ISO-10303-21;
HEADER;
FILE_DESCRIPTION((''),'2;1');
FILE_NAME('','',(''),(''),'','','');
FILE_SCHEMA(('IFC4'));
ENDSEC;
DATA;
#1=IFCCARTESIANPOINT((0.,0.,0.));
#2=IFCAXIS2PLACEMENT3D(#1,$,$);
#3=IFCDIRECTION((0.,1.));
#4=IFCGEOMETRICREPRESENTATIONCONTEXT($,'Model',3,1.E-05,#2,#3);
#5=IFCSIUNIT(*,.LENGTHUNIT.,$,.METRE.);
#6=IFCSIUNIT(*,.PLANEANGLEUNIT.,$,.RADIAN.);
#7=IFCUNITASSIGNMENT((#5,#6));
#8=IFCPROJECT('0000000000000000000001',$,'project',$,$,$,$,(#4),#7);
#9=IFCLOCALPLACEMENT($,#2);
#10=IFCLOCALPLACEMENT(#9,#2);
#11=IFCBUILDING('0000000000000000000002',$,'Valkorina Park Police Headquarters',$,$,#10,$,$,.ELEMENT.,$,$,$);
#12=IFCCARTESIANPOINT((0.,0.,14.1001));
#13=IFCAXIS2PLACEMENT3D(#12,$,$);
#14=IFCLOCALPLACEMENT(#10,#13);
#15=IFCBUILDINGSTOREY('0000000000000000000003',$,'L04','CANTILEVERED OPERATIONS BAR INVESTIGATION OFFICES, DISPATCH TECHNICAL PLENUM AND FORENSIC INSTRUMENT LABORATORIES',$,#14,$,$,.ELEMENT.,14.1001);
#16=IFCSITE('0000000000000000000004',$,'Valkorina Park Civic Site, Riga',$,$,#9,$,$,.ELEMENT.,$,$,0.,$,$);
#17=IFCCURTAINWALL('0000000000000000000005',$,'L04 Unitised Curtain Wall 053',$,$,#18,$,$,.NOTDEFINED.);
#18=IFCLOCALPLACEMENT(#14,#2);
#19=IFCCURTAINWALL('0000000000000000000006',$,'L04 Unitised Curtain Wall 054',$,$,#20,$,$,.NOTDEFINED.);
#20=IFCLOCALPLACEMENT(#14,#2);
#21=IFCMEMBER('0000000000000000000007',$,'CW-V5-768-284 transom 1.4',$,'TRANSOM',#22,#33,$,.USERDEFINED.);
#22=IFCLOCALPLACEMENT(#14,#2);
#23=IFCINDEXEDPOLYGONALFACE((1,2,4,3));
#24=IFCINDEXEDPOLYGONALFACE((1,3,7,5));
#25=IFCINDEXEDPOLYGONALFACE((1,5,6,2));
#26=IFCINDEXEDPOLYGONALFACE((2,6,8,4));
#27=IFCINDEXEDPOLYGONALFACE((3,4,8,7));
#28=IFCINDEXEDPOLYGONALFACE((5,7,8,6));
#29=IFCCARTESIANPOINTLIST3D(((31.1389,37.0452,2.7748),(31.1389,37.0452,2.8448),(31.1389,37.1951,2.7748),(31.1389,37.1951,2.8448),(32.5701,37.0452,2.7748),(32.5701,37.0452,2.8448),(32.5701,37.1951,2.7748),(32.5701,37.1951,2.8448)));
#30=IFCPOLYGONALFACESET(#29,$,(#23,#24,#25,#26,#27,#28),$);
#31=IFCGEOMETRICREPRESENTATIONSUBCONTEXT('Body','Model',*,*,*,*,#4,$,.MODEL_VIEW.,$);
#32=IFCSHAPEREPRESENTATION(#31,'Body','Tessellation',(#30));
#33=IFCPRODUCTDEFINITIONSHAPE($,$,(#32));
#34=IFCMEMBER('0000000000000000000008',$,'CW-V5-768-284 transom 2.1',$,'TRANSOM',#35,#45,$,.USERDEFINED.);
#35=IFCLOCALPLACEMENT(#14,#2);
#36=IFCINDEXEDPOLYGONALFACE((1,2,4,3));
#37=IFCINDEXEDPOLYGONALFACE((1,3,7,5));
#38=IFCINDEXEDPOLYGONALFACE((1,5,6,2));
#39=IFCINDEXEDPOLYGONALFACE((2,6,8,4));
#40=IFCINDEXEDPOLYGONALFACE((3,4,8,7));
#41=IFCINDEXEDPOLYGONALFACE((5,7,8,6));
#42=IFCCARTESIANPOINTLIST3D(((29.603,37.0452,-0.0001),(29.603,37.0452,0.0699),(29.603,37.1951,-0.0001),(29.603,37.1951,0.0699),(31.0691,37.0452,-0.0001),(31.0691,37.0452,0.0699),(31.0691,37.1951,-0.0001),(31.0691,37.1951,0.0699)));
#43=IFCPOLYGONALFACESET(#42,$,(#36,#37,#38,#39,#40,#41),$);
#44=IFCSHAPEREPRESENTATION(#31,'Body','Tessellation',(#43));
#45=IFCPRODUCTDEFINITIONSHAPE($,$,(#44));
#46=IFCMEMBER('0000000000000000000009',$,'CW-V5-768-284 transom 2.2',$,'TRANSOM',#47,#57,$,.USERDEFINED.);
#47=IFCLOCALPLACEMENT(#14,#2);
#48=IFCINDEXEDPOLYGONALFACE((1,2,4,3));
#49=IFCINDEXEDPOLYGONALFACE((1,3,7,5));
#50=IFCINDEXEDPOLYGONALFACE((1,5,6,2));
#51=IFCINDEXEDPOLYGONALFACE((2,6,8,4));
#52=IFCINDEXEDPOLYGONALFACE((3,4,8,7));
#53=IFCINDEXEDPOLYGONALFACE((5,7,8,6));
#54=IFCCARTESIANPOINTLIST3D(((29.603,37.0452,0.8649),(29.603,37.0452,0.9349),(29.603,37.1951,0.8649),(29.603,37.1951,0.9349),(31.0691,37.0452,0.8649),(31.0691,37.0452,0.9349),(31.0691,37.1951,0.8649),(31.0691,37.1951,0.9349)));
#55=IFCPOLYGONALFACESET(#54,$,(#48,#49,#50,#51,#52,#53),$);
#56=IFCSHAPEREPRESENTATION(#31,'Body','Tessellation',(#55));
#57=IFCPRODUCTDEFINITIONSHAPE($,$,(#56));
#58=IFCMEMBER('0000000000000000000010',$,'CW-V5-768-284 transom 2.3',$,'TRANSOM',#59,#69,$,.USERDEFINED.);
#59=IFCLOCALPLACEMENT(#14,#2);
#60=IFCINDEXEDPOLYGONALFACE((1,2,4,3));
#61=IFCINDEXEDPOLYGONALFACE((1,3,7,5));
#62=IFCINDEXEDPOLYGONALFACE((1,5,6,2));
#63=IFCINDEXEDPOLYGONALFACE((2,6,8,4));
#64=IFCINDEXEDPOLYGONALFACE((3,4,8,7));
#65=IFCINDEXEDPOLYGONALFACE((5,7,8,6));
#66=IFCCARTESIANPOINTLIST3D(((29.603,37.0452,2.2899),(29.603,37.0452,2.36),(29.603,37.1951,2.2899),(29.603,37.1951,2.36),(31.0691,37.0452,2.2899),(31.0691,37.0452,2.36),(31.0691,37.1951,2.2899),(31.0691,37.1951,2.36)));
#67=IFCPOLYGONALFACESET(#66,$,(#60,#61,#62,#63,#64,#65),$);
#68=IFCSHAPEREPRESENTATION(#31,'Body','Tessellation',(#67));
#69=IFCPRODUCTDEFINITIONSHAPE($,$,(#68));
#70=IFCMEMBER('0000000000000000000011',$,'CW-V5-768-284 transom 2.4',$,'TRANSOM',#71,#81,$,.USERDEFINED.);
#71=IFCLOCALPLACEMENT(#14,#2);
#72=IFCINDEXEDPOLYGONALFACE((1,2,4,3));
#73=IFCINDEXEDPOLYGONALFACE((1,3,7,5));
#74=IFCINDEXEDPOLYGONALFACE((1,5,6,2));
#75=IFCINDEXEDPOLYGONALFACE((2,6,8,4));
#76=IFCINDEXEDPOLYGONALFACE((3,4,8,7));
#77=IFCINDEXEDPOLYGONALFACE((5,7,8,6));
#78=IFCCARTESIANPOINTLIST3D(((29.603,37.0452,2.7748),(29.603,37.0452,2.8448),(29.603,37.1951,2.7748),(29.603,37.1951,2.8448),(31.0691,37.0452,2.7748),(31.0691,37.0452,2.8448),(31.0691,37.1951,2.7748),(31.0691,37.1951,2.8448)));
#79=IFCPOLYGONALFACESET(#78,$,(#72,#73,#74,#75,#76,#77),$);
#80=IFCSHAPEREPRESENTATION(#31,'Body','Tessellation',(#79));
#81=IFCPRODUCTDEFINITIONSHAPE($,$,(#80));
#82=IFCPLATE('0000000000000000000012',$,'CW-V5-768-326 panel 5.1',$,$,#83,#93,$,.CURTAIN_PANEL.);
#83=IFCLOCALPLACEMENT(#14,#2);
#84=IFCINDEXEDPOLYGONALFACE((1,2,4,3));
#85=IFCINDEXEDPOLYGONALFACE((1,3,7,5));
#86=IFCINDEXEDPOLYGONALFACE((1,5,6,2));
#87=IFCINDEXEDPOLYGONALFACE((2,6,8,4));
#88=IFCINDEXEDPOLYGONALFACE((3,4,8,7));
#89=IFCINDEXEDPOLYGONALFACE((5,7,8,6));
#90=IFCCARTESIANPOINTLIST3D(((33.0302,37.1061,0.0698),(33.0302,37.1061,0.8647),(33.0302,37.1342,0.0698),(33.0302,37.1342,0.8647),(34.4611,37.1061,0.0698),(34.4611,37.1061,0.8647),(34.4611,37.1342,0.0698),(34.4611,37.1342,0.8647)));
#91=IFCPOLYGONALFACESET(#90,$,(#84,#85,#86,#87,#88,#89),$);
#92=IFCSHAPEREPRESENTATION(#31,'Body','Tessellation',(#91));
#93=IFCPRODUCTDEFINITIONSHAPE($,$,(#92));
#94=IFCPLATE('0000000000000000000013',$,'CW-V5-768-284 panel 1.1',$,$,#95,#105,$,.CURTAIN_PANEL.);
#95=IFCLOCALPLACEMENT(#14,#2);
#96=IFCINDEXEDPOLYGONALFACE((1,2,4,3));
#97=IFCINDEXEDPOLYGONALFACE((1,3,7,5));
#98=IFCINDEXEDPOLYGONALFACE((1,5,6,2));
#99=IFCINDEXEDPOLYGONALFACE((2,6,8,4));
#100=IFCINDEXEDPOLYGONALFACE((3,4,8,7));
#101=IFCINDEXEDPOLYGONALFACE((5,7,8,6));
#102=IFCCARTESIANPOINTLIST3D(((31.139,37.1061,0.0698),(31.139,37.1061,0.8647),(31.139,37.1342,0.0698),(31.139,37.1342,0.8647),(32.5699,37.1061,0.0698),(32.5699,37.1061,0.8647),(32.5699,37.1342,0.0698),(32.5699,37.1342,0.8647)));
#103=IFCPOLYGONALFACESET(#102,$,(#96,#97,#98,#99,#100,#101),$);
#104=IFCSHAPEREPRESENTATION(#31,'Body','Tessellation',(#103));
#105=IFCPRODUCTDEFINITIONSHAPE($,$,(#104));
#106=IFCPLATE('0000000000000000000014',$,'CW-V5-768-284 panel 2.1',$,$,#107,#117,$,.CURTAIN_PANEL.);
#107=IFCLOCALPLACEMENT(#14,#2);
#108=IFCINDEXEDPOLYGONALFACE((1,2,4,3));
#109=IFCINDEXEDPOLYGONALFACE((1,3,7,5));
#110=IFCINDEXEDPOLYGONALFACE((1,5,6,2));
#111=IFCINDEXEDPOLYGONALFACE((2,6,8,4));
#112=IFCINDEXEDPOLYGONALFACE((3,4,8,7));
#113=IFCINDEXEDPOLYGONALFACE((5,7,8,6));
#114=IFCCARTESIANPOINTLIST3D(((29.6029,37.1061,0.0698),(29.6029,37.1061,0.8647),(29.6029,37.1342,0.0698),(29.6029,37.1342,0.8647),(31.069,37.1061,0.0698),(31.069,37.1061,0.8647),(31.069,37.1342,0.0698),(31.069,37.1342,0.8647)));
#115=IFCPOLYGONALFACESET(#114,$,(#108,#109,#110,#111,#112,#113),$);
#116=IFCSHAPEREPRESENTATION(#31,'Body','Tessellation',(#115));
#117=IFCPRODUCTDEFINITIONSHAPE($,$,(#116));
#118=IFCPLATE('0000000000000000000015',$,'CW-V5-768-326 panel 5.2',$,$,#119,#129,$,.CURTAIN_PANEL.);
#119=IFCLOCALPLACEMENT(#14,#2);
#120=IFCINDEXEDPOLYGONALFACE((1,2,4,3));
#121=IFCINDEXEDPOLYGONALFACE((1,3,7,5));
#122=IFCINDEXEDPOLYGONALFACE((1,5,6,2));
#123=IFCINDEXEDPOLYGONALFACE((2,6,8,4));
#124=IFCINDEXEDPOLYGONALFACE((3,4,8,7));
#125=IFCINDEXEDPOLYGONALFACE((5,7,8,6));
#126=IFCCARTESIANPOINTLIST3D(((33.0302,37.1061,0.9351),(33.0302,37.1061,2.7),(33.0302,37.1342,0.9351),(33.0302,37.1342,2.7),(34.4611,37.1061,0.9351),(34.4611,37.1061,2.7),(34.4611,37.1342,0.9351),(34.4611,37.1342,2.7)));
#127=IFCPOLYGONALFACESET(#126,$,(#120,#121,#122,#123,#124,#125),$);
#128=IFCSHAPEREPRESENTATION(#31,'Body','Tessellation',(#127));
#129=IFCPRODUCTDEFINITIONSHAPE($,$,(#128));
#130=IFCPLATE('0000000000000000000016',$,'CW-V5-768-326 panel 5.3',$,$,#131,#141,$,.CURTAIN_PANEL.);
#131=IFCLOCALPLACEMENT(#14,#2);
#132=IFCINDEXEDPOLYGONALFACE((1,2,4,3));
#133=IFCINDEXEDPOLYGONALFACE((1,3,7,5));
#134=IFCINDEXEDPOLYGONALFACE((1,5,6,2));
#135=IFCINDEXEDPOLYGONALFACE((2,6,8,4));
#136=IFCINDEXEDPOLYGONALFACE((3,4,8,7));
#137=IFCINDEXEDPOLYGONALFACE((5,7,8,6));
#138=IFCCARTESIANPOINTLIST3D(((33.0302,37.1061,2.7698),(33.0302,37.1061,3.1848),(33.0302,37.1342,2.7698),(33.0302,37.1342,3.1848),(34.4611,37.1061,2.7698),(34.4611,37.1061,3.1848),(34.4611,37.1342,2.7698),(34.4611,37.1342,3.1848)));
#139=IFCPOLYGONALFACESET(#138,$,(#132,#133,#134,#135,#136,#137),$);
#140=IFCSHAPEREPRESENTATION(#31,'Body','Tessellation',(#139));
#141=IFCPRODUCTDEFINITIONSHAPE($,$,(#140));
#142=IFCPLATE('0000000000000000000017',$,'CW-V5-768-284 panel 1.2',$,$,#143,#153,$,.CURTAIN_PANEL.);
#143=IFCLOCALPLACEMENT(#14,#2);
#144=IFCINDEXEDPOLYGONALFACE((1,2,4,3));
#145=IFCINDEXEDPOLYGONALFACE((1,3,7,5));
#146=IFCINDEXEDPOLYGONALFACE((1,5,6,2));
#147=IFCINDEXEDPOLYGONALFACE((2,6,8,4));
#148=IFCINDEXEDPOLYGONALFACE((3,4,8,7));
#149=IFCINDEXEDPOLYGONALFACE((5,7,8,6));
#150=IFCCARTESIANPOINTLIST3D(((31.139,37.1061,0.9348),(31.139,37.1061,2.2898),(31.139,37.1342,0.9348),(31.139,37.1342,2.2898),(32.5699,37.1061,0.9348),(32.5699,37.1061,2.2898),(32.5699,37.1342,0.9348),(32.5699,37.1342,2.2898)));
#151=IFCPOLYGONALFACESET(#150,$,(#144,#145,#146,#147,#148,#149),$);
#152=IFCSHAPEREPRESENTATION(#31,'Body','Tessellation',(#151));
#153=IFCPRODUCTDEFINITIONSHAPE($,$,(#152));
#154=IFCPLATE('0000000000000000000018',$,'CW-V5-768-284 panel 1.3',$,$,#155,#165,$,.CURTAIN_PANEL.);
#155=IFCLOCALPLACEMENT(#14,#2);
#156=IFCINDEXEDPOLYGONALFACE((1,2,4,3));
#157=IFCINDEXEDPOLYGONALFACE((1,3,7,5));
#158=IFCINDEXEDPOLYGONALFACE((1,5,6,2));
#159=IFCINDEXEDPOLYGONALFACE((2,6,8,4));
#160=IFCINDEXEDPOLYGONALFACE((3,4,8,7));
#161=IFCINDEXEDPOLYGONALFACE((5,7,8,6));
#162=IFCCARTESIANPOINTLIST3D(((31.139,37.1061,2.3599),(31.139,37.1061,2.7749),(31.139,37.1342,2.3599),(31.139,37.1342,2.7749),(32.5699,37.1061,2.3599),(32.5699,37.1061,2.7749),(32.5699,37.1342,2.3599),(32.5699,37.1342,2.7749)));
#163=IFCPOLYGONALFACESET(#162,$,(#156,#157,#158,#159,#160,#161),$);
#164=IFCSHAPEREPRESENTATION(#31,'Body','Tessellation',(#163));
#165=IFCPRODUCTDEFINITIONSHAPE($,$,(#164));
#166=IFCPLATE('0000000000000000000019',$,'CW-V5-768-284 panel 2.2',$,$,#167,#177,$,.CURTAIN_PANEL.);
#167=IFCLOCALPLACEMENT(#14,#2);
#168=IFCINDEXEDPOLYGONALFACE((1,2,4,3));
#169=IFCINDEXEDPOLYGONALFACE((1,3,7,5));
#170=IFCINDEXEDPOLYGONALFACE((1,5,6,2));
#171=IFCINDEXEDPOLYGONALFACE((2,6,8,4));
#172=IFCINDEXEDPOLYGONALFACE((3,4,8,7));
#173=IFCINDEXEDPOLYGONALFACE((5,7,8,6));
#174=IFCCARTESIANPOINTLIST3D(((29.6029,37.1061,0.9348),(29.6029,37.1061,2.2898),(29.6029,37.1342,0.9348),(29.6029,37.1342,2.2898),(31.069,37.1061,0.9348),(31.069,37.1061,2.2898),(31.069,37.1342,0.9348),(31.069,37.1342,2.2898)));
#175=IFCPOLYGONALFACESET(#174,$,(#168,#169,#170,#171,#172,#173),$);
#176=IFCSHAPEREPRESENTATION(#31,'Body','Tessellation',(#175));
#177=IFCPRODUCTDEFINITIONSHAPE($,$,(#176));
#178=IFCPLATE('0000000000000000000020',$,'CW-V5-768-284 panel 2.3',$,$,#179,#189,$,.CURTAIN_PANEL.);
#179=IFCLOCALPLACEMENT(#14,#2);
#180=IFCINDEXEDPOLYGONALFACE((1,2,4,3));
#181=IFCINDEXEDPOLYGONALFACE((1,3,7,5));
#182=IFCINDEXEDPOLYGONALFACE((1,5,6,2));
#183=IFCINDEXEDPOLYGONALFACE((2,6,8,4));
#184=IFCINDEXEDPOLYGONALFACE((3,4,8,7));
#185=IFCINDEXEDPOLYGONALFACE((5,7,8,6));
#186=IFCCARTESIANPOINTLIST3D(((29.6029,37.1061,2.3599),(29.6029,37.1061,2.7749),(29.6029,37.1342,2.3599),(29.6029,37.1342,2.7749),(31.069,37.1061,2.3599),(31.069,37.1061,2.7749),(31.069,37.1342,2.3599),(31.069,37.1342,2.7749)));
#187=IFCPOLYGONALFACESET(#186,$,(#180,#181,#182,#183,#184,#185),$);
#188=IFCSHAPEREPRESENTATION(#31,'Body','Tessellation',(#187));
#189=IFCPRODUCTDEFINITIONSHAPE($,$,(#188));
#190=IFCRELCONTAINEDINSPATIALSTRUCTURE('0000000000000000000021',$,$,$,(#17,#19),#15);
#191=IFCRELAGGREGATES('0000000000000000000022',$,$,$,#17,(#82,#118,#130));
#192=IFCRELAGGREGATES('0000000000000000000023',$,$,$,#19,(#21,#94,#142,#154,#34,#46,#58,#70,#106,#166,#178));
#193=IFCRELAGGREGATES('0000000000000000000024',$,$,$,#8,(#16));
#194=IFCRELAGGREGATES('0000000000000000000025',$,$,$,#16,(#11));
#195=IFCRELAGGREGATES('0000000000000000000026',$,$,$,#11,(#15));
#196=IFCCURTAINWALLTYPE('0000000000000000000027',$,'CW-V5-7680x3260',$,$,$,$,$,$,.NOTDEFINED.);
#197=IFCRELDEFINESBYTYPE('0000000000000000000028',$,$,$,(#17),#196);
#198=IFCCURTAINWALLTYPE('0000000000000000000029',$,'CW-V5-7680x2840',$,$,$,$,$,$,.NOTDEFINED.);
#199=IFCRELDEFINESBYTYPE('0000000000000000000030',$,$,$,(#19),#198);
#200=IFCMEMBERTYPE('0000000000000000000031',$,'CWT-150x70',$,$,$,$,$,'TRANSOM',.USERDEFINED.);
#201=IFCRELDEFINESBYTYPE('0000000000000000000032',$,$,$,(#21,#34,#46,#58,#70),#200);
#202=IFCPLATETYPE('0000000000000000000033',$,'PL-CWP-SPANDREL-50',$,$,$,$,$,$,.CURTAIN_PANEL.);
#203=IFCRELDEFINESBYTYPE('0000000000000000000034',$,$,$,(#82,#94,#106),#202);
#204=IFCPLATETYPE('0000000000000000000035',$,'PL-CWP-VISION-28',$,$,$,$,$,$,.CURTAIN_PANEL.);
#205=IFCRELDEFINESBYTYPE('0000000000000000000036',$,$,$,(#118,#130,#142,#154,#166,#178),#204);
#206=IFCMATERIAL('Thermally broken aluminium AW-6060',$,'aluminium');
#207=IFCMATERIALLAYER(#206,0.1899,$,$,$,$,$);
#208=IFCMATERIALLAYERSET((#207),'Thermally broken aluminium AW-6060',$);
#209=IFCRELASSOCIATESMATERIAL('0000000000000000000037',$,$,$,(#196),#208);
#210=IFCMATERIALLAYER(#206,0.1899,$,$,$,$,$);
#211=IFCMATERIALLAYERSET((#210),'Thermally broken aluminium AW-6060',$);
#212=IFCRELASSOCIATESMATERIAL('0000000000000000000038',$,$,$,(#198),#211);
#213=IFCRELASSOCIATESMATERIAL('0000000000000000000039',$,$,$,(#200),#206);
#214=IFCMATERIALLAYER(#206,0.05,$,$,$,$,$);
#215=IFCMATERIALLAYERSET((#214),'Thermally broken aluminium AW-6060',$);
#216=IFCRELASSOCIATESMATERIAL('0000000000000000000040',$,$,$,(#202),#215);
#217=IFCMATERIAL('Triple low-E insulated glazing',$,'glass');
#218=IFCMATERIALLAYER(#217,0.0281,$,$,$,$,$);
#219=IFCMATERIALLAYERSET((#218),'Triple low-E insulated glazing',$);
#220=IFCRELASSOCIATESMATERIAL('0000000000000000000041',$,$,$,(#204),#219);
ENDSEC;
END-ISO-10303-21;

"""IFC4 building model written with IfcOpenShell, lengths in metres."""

from ifc_helpers import new_model, si_unit, direction, frame, origin, origin_2d, place, context, subcontext, project, spatial, rectangle, extrude, material, layer, layer_set, material_profile, profile_set, type_object, element, aggregate, save


model = new_model("IFC4")

# Units and contexts
model_context = context("Model", 3, precision=1e-05, world=origin(), true_north=direction((0.0, 1.0)))
body_context = subcontext(model_context, "Body", "Model", "MODEL_VIEW")
ifc_project = project(units=[si_unit("LENGTHUNIT", "METRE"), si_unit("PLANEANGLEUNIT", "RADIAN")], contexts=[model_context])

# Site, building, storey
site_placement = place(None, origin())
site = spatial("IfcSite", under=ifc_project, at=site_placement, Name="Valkorina Park Civic Site, Riga", CompositionType="ELEMENT", RefElevation=0.0)
building_placement = place(site_placement, origin())
building = spatial("IfcBuilding", under=site, at=building_placement, Name="Valkorina Park Police Headquarters", CompositionType="ELEMENT")
storey_placement = place(building_placement, frame((0.0, 0.0, 14.1001)))
storey = spatial("IfcBuildingStorey", under=building, at=storey_placement, Name="L04", Description="CANTILEVERED OPERATIONS BAR INVESTIGATION OFFICES, DISPATCH TECHNICAL PLENUM AND FORENSIC INSTRUMENT LABORATORIES", CompositionType="ELEMENT", Elevation=14.1001)

# Curtain wall
ifc_material_1 = material(Name="Thermally broken aluminium AW-6060", Category="aluminium")
ifc_layer_1 = layer(ifc_material_1, 0.1899)
ifc_layer_set_1 = layer_set([ifc_layer_1], Name="Thermally broken aluminium AW-6060")
curtain_wall_type_1 = type_object("IfcCurtainWallType", Name="CW-V5-7680x3260", PredefinedType="NOTDEFINED", material=ifc_layer_set_1)
curtain_wall_1_placement = place(storey_placement, origin())
curtain_wall_1 = element("IfcCurtainWall", 1, at=curtain_wall_1_placement, inside=storey, type_object=curtain_wall_type_1, Name="L04 Unitised Curtain Wall 053", PredefinedType="NOTDEFINED")

# Curtain wall
ifc_layer_2 = layer(ifc_material_1, 0.1899)
ifc_layer_set_2 = layer_set([ifc_layer_2], Name="Thermally broken aluminium AW-6060")
curtain_wall_type_2 = type_object("IfcCurtainWallType", Name="CW-V5-7680x2840", PredefinedType="NOTDEFINED", material=ifc_layer_set_2)
curtain_wall_2_placement = place(storey_placement, origin())
curtain_wall_2 = element("IfcCurtainWall", 2, at=curtain_wall_2_placement, inside=storey, type_object=curtain_wall_type_2, Name="L04 Unitised Curtain Wall 054", PredefinedType="NOTDEFINED")

# Members
ifc_material_profile_1 = material_profile(ifc_material_1, rectangle(XDim=0.1499, YDim=0.0701, at=origin_2d()), Name="CWT-02 150x70")
ifc_profile_set_1 = profile_set([ifc_material_profile_1], Name="Thermally broken aluminium AW-6060")
member_type_1 = type_object("IfcMemberType", Name="CWT-150x70", ElementType="TRANSOM", PredefinedType="USERDEFINED", material=ifc_profile_set_1)
member_1_placement = place(storey_placement, frame((32.5701, 37.1201, 2.8098), z_axis=(-1.0, 0.0, 0.0), x_axis=(0.0, -1.0, 0.0)))
member_1 = element("IfcMember", 3, at=member_1_placement, type_object=member_type_1, Name="CW-V5-768-284 transom 1.4", ObjectType="TRANSOM", PredefinedType="USERDEFINED", context=body_context, shape_type="SweptSolid", body=[
    extrude(rectangle(XDim=0.1499, YDim=0.0701, at=origin_2d()), origin(), (0.0, 0.0, 1.0), 1.4312),
])
member_2_placement = place(storey_placement, frame((31.0691, 37.1201, 0.0349), z_axis=(-1.0, 0.0, 0.0), x_axis=(0.0, -1.0, 0.0)))
member_2 = element("IfcMember", 4, at=member_2_placement, type_object=member_type_1, Name="CW-V5-768-284 transom 2.1", ObjectType="TRANSOM", PredefinedType="USERDEFINED", context=body_context, shape_type="SweptSolid", body=[
    extrude(rectangle(XDim=0.1499, YDim=0.0701, at=origin_2d()), origin(), (0.0, 0.0, 1.0), 1.4661),
])
member_3_placement = place(storey_placement, frame((31.0691, 37.1201, 0.8999), z_axis=(-1.0, 0.0, 0.0), x_axis=(0.0, -1.0, 0.0)))
member_3 = element("IfcMember", 5, at=member_3_placement, type_object=member_type_1, Name="CW-V5-768-284 transom 2.2", ObjectType="TRANSOM", PredefinedType="USERDEFINED", context=body_context, shape_type="SweptSolid", body=[
    extrude(rectangle(XDim=0.1499, YDim=0.0701, at=origin_2d()), origin(), (0.0, 0.0, 1.0), 1.4661),
])
member_4_placement = place(storey_placement, frame((31.0691, 37.1201, 2.325), z_axis=(-1.0, 0.0, 0.0), x_axis=(0.0, -1.0, 0.0)))
member_4 = element("IfcMember", 6, at=member_4_placement, type_object=member_type_1, Name="CW-V5-768-284 transom 2.3", ObjectType="TRANSOM", PredefinedType="USERDEFINED", context=body_context, shape_type="SweptSolid", body=[
    extrude(rectangle(XDim=0.1499, YDim=0.0701, at=origin_2d()), origin(), (0.0, 0.0, 1.0), 1.4661),
])
member_5_placement = place(storey_placement, frame((31.0691, 37.1201, 2.8098), z_axis=(-1.0, 0.0, 0.0), x_axis=(0.0, -1.0, 0.0)))
member_5 = element("IfcMember", 7, at=member_5_placement, type_object=member_type_1, Name="CW-V5-768-284 transom 2.4", ObjectType="TRANSOM", PredefinedType="USERDEFINED", context=body_context, shape_type="SweptSolid", body=[
    extrude(rectangle(XDim=0.1499, YDim=0.0701, at=origin_2d()), origin(), (0.0, 0.0, 1.0), 1.4661),
])

# Plates
ifc_layer_3 = layer(ifc_material_1, 0.05)
ifc_layer_set_3 = layer_set([ifc_layer_3], Name="Thermally broken aluminium AW-6060")
plate_type_1 = type_object("IfcPlateType", Name="PL-CWP-SPANDREL-50", PredefinedType="CURTAIN_PANEL", material=ifc_layer_set_3)
plate_1_placement = place(storey_placement, frame((33.7456, 37.1201, 0.0698), z_axis=(0.0, 0.0, 1.0), x_axis=(-1.0, 0.0, 0.0)))
plate_1 = element("IfcPlate", 8, at=plate_1_placement, type_object=plate_type_1, Name="CW-V5-768-326 panel 5.1", PredefinedType="CURTAIN_PANEL", context=body_context, shape_type="SweptSolid", body=[
    extrude(rectangle(XDim=1.4309, YDim=0.0281, at=origin_2d()), origin(), (0.0, 0.0, 1.0), 0.7949),
])
plate_2_placement = place(storey_placement, frame((31.8545, 37.1201, 0.0698), z_axis=(0.0, 0.0, 1.0), x_axis=(-1.0, 0.0, 0.0)))
plate_2 = element("IfcPlate", 9, at=plate_2_placement, type_object=plate_type_1, Name="CW-V5-768-284 panel 1.1", PredefinedType="CURTAIN_PANEL", context=body_context, shape_type="SweptSolid", body=[
    extrude(rectangle(XDim=1.4309, YDim=0.0281, at=origin_2d()), origin(), (0.0, 0.0, 1.0), 0.7949),
])
plate_3_placement = place(storey_placement, frame((30.3359, 37.1201, 0.0698), z_axis=(0.0, 0.0, 1.0), x_axis=(-1.0, 0.0, 0.0)))
plate_3 = element("IfcPlate", 10, at=plate_3_placement, type_object=plate_type_1, Name="CW-V5-768-284 panel 2.1", PredefinedType="CURTAIN_PANEL", context=body_context, shape_type="SweptSolid", body=[
    extrude(rectangle(XDim=1.4661, YDim=0.0281, at=origin_2d()), origin(), (0.0, 0.0, 1.0), 0.7949),
])
ifc_material_2 = material(Name="Triple low-E insulated glazing", Category="glass")
ifc_layer_4 = layer(ifc_material_2, 0.0281)
ifc_layer_set_4 = layer_set([ifc_layer_4], Name="Triple low-E insulated glazing")
plate_type_2 = type_object("IfcPlateType", Name="PL-CWP-VISION-28", PredefinedType="CURTAIN_PANEL", material=ifc_layer_set_4)
plate_4_placement = place(storey_placement, frame((33.7456, 37.1201, 0.9351), z_axis=(0.0, 0.0, 1.0), x_axis=(-1.0, 0.0, 0.0)))
plate_4 = element("IfcPlate", 11, at=plate_4_placement, type_object=plate_type_2, Name="CW-V5-768-326 panel 5.2", PredefinedType="CURTAIN_PANEL", context=body_context, shape_type="SweptSolid", body=[
    extrude(rectangle(XDim=1.4309, YDim=0.0281, at=origin_2d()), origin(), (0.0, 0.0, 1.0), 1.7649),
])
plate_5_placement = place(storey_placement, frame((33.7456, 37.1201, 2.7698), z_axis=(0.0, 0.0, 1.0), x_axis=(-1.0, 0.0, 0.0)))
plate_5 = element("IfcPlate", 12, at=plate_5_placement, type_object=plate_type_2, Name="CW-V5-768-326 panel 5.3", PredefinedType="CURTAIN_PANEL", context=body_context, shape_type="SweptSolid", body=[
    extrude(rectangle(XDim=1.4309, YDim=0.0281, at=origin_2d()), origin(), (0.0, 0.0, 1.0), 0.415),
])
aggregate(curtain_wall_1, [plate_1, plate_4, plate_5])
plate_6_placement = place(storey_placement, frame((31.8545, 37.1201, 0.9348), z_axis=(0.0, 0.0, 1.0), x_axis=(-1.0, 0.0, 0.0)))
plate_6 = element("IfcPlate", 13, at=plate_6_placement, type_object=plate_type_2, Name="CW-V5-768-284 panel 1.2", PredefinedType="CURTAIN_PANEL", context=body_context, shape_type="SweptSolid", body=[
    extrude(rectangle(XDim=1.4309, YDim=0.0281, at=origin_2d()), origin(), (0.0, 0.0, 1.0), 1.355),
])
plate_7_placement = place(storey_placement, frame((31.8545, 37.1201, 2.3599), z_axis=(0.0, 0.0, 1.0), x_axis=(-1.0, 0.0, 0.0)))
plate_7 = element("IfcPlate", 14, at=plate_7_placement, type_object=plate_type_2, Name="CW-V5-768-284 panel 1.3", PredefinedType="CURTAIN_PANEL", context=body_context, shape_type="SweptSolid", body=[
    extrude(rectangle(XDim=1.4309, YDim=0.0281, at=origin_2d()), origin(), (0.0, 0.0, 1.0), 0.415),
])
plate_8_placement = place(storey_placement, frame((30.3359, 37.1201, 0.9348), z_axis=(0.0, 0.0, 1.0), x_axis=(-1.0, 0.0, 0.0)))
plate_8 = element("IfcPlate", 15, at=plate_8_placement, type_object=plate_type_2, Name="CW-V5-768-284 panel 2.2", PredefinedType="CURTAIN_PANEL", context=body_context, shape_type="SweptSolid", body=[
    extrude(rectangle(XDim=1.4661, YDim=0.0281, at=origin_2d()), origin(), (0.0, 0.0, 1.0), 1.355),
])
plate_9_placement = place(storey_placement, frame((30.3359, 37.1201, 2.3599), z_axis=(0.0, 0.0, 1.0), x_axis=(-1.0, 0.0, 0.0)))
plate_9 = element("IfcPlate", 16, at=plate_9_placement, type_object=plate_type_2, Name="CW-V5-768-284 panel 2.3", PredefinedType="CURTAIN_PANEL", context=body_context, shape_type="SweptSolid", body=[
    extrude(rectangle(XDim=1.4661, YDim=0.0281, at=origin_2d()), origin(), (0.0, 0.0, 1.0), 0.415),
])
aggregate(curtain_wall_2, [member_1, plate_2, plate_6, plate_7, member_2, member_3, member_4, member_5, plate_3, plate_8, plate_9])

save(model, "model.ifc")
